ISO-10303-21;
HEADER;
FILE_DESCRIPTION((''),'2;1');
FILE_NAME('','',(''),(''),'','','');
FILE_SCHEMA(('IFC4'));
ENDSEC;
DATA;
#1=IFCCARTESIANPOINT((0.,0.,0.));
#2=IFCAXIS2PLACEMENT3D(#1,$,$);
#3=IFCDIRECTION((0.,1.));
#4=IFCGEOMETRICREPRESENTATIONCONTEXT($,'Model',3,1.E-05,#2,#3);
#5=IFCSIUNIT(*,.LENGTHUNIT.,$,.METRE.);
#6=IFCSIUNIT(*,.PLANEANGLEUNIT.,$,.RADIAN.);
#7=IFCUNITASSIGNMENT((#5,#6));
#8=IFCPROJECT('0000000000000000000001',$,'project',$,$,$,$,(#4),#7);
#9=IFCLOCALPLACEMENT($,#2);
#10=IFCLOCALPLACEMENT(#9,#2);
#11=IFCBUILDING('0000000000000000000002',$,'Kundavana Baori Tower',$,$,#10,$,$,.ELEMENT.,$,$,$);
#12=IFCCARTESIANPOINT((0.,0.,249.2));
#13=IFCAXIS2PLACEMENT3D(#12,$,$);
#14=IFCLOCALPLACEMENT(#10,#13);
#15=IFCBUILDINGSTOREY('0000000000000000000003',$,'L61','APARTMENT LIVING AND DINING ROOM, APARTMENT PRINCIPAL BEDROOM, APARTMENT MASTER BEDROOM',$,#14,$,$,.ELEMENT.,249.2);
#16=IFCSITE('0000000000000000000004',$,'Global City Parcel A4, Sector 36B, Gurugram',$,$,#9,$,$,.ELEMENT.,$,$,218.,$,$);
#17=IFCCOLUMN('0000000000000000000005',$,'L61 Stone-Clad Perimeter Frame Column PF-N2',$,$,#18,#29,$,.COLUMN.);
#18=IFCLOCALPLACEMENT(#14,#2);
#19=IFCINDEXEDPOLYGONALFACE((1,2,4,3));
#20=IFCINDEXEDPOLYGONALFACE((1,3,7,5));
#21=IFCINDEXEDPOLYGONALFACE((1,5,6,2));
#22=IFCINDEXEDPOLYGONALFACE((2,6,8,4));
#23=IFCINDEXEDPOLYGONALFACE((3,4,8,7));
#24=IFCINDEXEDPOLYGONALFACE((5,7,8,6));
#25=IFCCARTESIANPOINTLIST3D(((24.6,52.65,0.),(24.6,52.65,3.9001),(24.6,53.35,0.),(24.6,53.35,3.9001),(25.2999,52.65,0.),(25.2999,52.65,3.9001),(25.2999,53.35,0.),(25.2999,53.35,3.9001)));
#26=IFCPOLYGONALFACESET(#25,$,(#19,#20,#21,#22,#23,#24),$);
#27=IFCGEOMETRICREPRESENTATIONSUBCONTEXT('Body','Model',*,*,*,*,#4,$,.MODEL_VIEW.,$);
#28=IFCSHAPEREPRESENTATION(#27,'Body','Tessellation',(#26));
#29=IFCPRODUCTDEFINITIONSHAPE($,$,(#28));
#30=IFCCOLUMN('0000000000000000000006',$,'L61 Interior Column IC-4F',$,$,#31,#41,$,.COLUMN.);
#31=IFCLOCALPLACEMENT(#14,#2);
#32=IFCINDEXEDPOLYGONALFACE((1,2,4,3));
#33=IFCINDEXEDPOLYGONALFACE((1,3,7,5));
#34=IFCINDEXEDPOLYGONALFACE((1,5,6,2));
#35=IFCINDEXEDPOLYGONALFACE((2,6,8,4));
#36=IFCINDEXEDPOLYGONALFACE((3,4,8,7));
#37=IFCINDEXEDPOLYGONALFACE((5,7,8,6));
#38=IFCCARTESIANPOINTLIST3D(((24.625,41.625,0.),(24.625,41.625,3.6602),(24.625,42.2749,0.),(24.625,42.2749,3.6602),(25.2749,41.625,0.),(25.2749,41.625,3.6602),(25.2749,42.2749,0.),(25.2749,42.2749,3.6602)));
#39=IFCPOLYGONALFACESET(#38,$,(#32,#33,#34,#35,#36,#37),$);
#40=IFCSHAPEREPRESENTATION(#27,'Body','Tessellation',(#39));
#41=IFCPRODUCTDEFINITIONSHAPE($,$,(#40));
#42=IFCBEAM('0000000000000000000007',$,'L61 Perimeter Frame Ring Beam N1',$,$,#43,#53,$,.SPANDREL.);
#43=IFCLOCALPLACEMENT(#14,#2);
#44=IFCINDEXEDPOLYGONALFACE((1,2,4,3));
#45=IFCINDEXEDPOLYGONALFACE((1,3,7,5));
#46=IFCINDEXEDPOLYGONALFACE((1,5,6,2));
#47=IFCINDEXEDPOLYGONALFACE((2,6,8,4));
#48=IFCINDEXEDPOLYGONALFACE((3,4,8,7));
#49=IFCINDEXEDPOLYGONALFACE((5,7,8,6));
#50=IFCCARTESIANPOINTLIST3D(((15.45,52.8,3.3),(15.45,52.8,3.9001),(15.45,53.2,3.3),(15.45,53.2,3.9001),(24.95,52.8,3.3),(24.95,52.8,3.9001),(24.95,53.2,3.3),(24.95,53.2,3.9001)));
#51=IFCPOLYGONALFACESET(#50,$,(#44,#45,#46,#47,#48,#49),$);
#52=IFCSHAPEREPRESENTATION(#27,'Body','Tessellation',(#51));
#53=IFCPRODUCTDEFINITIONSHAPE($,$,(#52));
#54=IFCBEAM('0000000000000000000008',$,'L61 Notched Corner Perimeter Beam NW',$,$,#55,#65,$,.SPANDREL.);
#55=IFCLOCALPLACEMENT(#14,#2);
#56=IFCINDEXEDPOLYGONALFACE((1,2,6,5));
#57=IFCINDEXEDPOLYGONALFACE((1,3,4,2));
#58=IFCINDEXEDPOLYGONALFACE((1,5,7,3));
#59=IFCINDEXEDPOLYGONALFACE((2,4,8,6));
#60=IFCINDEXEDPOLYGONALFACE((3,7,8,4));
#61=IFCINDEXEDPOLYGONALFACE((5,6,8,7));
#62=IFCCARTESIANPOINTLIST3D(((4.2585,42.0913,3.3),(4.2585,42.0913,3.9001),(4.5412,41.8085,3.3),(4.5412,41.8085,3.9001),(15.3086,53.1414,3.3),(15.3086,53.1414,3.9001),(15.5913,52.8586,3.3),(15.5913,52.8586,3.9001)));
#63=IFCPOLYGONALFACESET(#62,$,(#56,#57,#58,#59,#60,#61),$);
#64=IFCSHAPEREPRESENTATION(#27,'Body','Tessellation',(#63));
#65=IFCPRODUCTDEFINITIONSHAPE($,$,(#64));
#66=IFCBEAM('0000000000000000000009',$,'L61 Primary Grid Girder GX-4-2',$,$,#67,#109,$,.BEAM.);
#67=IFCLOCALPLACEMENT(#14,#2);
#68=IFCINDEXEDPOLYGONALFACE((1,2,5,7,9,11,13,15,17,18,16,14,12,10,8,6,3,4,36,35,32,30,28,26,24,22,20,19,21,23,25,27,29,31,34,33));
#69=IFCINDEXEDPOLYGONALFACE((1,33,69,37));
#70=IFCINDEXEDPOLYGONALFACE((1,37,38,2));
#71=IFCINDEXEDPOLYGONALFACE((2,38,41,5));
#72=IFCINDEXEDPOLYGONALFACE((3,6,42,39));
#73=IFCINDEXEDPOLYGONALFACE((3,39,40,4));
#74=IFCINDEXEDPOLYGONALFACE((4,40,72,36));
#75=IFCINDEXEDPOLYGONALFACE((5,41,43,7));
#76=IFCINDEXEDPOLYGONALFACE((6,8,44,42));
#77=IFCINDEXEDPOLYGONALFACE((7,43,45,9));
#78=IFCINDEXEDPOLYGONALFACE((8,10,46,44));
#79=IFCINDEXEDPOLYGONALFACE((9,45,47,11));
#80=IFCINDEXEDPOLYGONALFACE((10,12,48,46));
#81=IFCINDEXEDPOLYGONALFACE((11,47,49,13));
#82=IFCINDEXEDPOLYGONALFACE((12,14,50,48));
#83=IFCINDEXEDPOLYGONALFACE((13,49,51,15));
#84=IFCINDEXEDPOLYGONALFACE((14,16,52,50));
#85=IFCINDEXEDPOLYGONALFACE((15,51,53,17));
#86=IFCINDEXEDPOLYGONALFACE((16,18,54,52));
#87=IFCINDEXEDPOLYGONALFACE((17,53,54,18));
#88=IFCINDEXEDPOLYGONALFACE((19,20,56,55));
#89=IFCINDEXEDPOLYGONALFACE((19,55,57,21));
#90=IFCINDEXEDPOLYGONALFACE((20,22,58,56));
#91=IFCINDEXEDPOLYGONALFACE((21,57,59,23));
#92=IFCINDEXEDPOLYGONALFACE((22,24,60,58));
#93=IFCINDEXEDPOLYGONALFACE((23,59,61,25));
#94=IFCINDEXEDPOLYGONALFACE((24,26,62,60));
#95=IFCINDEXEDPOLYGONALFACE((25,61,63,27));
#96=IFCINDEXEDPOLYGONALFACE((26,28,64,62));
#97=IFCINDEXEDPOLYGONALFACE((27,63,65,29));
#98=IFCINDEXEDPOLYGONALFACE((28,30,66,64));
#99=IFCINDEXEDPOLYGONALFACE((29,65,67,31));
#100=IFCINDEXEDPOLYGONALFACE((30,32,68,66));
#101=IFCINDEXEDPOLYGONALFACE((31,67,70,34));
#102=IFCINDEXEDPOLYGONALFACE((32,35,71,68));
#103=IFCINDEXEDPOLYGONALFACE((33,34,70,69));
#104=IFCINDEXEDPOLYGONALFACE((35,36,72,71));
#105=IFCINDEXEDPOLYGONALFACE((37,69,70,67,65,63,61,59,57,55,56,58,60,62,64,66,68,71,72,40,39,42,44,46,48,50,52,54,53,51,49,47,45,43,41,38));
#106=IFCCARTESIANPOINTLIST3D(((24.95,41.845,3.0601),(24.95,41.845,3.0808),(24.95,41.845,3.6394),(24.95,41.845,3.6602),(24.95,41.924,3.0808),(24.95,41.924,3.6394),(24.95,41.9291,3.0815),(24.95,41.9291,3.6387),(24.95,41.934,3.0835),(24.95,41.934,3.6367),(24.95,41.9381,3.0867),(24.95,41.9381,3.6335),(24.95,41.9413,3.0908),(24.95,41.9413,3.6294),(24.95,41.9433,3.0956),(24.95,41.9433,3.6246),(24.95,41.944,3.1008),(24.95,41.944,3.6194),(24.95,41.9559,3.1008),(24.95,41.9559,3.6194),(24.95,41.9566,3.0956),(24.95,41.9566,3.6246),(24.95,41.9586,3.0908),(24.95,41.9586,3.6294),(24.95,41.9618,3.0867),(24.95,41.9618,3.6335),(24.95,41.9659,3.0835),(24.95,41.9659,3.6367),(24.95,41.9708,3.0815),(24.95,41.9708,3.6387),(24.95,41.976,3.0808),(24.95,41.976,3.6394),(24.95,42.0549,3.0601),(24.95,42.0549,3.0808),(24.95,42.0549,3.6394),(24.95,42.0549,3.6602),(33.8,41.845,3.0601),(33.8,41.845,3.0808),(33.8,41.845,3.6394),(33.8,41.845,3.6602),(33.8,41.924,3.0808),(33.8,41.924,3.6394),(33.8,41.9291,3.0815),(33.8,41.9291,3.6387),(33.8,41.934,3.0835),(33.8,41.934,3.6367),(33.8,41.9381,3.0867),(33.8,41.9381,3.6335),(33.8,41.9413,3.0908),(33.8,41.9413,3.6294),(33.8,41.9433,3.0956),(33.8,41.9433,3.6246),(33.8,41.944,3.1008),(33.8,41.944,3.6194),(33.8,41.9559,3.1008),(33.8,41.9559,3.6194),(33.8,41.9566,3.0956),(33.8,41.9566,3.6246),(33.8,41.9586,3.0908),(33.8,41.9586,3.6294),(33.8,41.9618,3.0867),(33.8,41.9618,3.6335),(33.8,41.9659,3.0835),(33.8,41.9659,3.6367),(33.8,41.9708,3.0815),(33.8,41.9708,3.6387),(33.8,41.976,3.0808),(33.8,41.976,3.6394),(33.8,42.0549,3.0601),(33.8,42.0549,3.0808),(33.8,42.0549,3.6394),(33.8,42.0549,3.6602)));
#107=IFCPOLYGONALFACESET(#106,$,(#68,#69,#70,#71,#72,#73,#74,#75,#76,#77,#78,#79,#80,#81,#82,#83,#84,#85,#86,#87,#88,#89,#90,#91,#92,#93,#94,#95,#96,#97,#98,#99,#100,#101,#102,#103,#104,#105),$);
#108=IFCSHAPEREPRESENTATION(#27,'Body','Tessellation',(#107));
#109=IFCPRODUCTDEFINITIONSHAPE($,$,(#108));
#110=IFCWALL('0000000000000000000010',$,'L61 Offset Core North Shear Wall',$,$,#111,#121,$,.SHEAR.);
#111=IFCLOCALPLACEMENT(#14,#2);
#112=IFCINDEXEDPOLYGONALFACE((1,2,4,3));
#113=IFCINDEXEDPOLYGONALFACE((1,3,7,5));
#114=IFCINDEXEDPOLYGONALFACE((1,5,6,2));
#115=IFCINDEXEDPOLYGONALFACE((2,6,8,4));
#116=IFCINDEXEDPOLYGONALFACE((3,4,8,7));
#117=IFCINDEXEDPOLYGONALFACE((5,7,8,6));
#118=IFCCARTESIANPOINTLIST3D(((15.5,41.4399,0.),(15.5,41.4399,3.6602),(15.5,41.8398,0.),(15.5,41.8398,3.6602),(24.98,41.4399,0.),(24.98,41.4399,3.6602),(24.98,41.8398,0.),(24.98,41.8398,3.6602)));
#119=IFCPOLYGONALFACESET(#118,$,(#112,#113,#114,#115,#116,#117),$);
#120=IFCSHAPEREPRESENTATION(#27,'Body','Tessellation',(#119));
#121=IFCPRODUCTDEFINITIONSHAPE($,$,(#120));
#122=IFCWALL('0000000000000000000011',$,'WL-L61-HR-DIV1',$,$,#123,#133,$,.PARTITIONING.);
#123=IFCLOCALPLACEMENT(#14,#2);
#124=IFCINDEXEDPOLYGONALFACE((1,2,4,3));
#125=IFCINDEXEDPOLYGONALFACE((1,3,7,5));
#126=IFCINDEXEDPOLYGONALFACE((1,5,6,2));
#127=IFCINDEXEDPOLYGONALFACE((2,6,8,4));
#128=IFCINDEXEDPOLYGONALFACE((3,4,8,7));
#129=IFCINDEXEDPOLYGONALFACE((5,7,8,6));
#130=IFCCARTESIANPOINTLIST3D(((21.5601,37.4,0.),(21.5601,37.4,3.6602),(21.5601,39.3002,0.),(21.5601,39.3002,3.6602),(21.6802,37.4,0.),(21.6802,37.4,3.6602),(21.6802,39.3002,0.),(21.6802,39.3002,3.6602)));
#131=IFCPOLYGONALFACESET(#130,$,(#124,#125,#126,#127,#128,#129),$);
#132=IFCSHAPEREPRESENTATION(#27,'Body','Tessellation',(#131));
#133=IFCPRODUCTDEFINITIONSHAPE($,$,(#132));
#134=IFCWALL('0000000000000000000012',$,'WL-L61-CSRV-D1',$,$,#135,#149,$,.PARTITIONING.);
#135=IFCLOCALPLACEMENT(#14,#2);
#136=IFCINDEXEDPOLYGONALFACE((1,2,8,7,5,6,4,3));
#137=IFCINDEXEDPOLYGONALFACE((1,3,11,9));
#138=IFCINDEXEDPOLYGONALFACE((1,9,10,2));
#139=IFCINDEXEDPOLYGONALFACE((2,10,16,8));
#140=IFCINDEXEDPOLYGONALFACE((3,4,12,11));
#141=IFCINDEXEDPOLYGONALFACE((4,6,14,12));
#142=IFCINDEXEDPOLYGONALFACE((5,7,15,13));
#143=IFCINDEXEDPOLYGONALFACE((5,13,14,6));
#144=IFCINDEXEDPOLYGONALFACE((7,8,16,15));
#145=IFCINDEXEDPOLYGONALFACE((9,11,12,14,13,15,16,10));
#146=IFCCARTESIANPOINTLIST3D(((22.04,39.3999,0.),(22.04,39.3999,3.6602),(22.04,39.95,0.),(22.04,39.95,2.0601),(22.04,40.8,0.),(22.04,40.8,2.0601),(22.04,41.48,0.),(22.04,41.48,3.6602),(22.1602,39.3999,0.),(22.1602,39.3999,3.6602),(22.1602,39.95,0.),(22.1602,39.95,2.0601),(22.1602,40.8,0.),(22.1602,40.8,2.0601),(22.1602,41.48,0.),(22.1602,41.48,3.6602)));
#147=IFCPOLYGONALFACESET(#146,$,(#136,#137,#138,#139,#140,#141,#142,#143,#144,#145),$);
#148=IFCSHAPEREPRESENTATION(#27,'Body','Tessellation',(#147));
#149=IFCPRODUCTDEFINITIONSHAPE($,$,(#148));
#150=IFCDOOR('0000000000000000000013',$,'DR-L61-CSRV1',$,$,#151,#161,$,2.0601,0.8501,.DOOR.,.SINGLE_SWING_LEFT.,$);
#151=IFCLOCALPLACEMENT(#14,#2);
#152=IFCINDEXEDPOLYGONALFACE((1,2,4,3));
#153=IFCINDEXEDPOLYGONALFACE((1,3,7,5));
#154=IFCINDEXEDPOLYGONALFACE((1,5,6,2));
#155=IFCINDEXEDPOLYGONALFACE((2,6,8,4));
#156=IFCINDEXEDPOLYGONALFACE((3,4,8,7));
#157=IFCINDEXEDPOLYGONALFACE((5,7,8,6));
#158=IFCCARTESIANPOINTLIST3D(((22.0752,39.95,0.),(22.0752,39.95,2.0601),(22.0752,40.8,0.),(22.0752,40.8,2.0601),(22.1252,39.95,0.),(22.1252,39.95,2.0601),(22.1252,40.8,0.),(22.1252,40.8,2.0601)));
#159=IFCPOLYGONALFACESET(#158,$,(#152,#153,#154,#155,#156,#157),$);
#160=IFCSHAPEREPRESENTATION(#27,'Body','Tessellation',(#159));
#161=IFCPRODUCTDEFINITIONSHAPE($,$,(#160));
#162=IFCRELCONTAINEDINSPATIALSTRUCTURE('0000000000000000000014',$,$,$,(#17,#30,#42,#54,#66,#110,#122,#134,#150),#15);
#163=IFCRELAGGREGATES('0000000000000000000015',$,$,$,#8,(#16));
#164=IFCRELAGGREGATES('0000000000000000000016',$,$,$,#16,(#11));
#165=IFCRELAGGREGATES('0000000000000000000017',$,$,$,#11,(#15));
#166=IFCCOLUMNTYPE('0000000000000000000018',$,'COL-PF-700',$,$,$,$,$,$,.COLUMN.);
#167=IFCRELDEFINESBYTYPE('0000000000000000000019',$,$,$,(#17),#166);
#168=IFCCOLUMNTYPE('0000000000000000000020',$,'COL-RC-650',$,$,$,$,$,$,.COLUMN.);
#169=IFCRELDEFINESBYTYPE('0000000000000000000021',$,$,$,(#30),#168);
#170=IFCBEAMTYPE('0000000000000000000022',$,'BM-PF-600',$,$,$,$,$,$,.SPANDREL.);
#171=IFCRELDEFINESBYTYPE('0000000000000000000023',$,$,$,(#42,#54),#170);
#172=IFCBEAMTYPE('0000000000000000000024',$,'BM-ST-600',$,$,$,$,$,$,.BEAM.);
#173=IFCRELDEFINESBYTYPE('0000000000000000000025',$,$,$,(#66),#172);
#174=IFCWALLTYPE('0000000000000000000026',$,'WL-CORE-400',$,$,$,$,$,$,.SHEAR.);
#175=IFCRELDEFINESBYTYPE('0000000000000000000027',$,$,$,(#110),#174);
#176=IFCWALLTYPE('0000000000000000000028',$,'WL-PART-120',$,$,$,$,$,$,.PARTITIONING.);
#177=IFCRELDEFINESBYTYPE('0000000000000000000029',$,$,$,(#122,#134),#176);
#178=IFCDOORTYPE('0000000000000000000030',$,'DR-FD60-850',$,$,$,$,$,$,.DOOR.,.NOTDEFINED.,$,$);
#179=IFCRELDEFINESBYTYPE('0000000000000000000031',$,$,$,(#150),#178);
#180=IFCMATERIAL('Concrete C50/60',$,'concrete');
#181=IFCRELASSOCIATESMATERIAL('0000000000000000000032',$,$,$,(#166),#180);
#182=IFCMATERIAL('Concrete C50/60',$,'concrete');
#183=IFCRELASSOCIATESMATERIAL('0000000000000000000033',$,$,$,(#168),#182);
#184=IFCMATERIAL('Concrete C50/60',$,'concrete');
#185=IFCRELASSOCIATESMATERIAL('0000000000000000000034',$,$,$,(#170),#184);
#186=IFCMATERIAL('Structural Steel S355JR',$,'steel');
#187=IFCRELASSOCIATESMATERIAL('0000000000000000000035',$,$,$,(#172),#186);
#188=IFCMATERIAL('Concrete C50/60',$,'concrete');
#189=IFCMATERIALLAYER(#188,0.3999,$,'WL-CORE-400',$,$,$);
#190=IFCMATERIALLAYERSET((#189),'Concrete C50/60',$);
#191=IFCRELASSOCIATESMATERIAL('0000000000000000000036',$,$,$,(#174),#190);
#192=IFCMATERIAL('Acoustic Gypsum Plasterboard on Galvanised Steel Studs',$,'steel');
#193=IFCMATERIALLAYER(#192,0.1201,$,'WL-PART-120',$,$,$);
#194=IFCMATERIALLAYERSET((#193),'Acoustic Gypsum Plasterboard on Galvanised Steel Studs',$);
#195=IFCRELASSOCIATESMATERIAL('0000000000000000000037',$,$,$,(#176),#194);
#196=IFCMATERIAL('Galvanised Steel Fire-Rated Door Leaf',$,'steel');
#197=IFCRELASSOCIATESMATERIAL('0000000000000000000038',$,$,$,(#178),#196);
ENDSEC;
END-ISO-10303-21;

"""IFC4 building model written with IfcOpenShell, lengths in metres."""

from ifc_helpers import new_model, si_unit, direction, frame, frame_2d, origin, origin_2d, place, context, subcontext, project, spatial, rectangle, i_section, extrude, material, layer, layer_set, material_profile, profile_set, type_object, element, fill, save


model = new_model("IFC4")

# Units and contexts
model_context = context("Model", 3, precision=1e-05, world=origin(), true_north=direction((0.0, 1.0)))
body_context = subcontext(model_context, "Body", "Model", "MODEL_VIEW")
ifc_project = project(units=[si_unit("LENGTHUNIT", "METRE"), si_unit("PLANEANGLEUNIT", "RADIAN")], contexts=[model_context])

# Site, building, storey
site_placement = place(None, origin())
site = spatial("IfcSite", under=ifc_project, at=site_placement, Name="Global City Parcel A4, Sector 36B, Gurugram", CompositionType="ELEMENT", RefElevation=218.0)
building_placement = place(site_placement, origin())
building = spatial("IfcBuilding", under=site, at=building_placement, Name="Kundavana Baori Tower", CompositionType="ELEMENT")
storey_placement = place(building_placement, frame((0.0, 0.0, 249.2)))
storey = spatial("IfcBuildingStorey", under=building, at=storey_placement, Name="L61", Description="APARTMENT LIVING AND DINING ROOM, APARTMENT PRINCIPAL BEDROOM, APARTMENT MASTER BEDROOM", CompositionType="ELEMENT", Elevation=249.2)

# Columns
ifc_material_1 = material(Name="Concrete C50/60", Category="concrete")
ifc_material_profile_1 = material_profile(ifc_material_1, rectangle(XDim=0.7, YDim=0.7, at=origin_2d()), Name="RC PF 700x700")
ifc_profile_set_1 = profile_set([ifc_material_profile_1], Name="Concrete C50/60")
column_type_1 = type_object("IfcColumnType", Name="COL-PF-700", PredefinedType="COLUMN", material=ifc_profile_set_1)
column_1_placement = place(storey_placement, frame((24.95, 53.0, 0.0), z_axis=(0.0, 0.0, 1.0), x_axis=(1.0, 0.0, 0.0)))
element("IfcColumn", 1, at=column_1_placement, inside=storey, type_object=column_type_1, Name="L61 Stone-Clad Perimeter Frame Column PF-N2", PredefinedType="COLUMN", context=body_context, shape_type="SweptSolid", body=[
    extrude(rectangle(XDim=0.7, YDim=0.7, at=origin_2d()), origin(), (0.0, 0.0, 1.0), 3.9001),
])
ifc_material_2 = material(Name="Concrete C50/60", Category="concrete")
ifc_material_profile_2 = material_profile(ifc_material_2, rectangle(XDim=0.6499, YDim=0.6499, at=origin_2d()), Name="RC 650x650")
ifc_profile_set_2 = profile_set([ifc_material_profile_2], Name="Concrete C50/60")
column_type_2 = type_object("IfcColumnType", Name="COL-RC-650", PredefinedType="COLUMN", material=ifc_profile_set_2)
column_2_placement = place(storey_placement, frame((24.95, 41.95, 0.0), z_axis=(0.0, 0.0, 1.0), x_axis=(1.0, 0.0, 0.0)))
element("IfcColumn", 2, at=column_2_placement, inside=storey, type_object=column_type_2, Name="L61 Interior Column IC-4F", PredefinedType="COLUMN", context=body_context, shape_type="SweptSolid", body=[
    extrude(rectangle(XDim=0.6499, YDim=0.6499, at=origin_2d()), origin(), (0.0, 0.0, 1.0), 3.6602),
])

# Beams
ifc_material_3 = material(Name="Concrete C50/60", Category="concrete")
ifc_material_profile_3 = material_profile(ifc_material_3, rectangle(XDim=0.3999, YDim=0.6001, at=origin_2d()), Name="RC BM 400x600")
ifc_profile_set_3 = profile_set([ifc_material_profile_3], Name="Concrete C50/60")
beam_type_1 = type_object("IfcBeamType", Name="BM-PF-600", PredefinedType="SPANDREL", material=ifc_profile_set_3)
beam_1_placement = place(storey_placement, frame((15.45, 53.0, 3.6001), z_axis=(1.0, 0.0, 0.0), x_axis=(0.0, 1.0, 0.0)))
element("IfcBeam", 3, at=beam_1_placement, inside=storey, type_object=beam_type_1, Name="L61 Perimeter Frame Ring Beam N1", PredefinedType="SPANDREL", context=body_context, shape_type="SweptSolid", body=[
    extrude(rectangle(XDim=0.3999, YDim=0.6001, at=origin_2d()), origin(), (0.0, 0.0, 1.0), 9.5),
])
beam_2_placement = place(storey_placement, frame((15.45, 53.0, 3.6001), z_axis=(-0.707107, -0.707107, 0.0), x_axis=(0.707107, -0.707107, 0.0)))
element("IfcBeam", 4, at=beam_2_placement, inside=storey, type_object=beam_type_1, Name="L61 Notched Corner Perimeter Beam NW", PredefinedType="SPANDREL", context=body_context, shape_type="SweptSolid", body=[
    extrude(rectangle(XDim=0.3999, YDim=0.6001, at=origin_2d()), origin(), (0.0, 0.0, 1.0), 15.6272),
])
ifc_material_4 = material(Name="Structural Steel S355JR", Category="steel")
ifc_material_profile_4 = material_profile(ifc_material_4, i_section(OverallWidth=0.21, OverallDepth=0.6001, WebThickness=0.012, FlangeThickness=0.0208, FilletRadius=0.02, at=origin_2d()), Name="ISMB 600")
ifc_profile_set_4 = profile_set([ifc_material_profile_4], Name="Structural Steel S355JR")
beam_type_2 = type_object("IfcBeamType", Name="BM-ST-600", PredefinedType="BEAM", material=ifc_profile_set_4)
beam_3_placement = place(storey_placement, frame((24.95, 41.95, 3.3601), z_axis=(1.0, 0.0, 0.0), x_axis=(0.0, 1.0, 0.0)))
element("IfcBeam", 5, at=beam_3_placement, inside=storey, type_object=beam_type_2, Name="L61 Primary Grid Girder GX-4-2", PredefinedType="BEAM", context=body_context, shape_type="SweptSolid", body=[
    extrude(i_section(OverallWidth=0.21, OverallDepth=0.6001, WebThickness=0.012, FlangeThickness=0.0208, FilletRadius=0.02, at=origin_2d()), origin(), (0.0, 0.0, 1.0), 8.8501),
])

# Walls
ifc_material_5 = material(Name="Concrete C50/60", Category="concrete")
ifc_layer_1 = layer(ifc_material_5, 0.3999, Name="WL-CORE-400")
ifc_layer_set_1 = layer_set([ifc_layer_1], Name="Concrete C50/60")
wall_type_1 = type_object("IfcWallType", Name="WL-CORE-400", PredefinedType="SHEAR", material=ifc_layer_set_1)
wall_1_placement = place(storey_placement, frame((15.5, 41.6399, 0.0), z_axis=(0.0, 0.0, 1.0), x_axis=(1.0, 0.0, 0.0)))
element("IfcWall", 6, at=wall_1_placement, inside=storey, type_object=wall_type_1, Name="L61 Offset Core North Shear Wall", PredefinedType="SHEAR", context=body_context, shape_type="SweptSolid", body=[
    extrude(rectangle(XDim=9.48, YDim=0.3999, at=frame_2d((4.74, 0.0))), origin(), (0.0, 0.0, 1.0), 3.6602),
])
ifc_material_6 = material(Name="Acoustic Gypsum Plasterboard on Galvanised Steel Studs", Category="steel")
ifc_layer_2 = layer(ifc_material_6, 0.1201, Name="WL-PART-120")
ifc_layer_set_2 = layer_set([ifc_layer_2], Name="Acoustic Gypsum Plasterboard on Galvanised Steel Studs")
wall_type_2 = type_object("IfcWallType", Name="WL-PART-120", PredefinedType="PARTITIONING", material=ifc_layer_set_2)
wall_2_placement = place(storey_placement, frame((21.6201, 37.3999, 0.0), z_axis=(0.0, 0.0, 1.0), x_axis=(0.0, 1.0, 0.0)))
element("IfcWall", 7, at=wall_2_placement, inside=storey, type_object=wall_type_2, Name="WL-L61-HR-DIV1", PredefinedType="PARTITIONING", context=body_context, shape_type="SweptSolid", body=[
    extrude(rectangle(XDim=1.9001, YDim=0.1201, at=frame_2d((0.9502, 0.0))), origin(), (0.0, 0.0, 1.0), 3.6602),
])

# Wall, opening, door
wall_3_placement = place(storey_placement, frame((22.1001, 39.3999, 0.0), z_axis=(0.0, 0.0, 1.0), x_axis=(0.0, 1.0, 0.0)))
wall_3 = element("IfcWall", 8, at=wall_3_placement, inside=storey, type_object=wall_type_2, Name="WL-L61-CSRV-D1", PredefinedType="PARTITIONING", context=body_context, shape_type="SweptSolid", body=[
    extrude(rectangle(XDim=2.0801, YDim=0.1201, at=frame_2d((1.04, 0.0))), origin(), (0.0, 0.0, 1.0), 3.6602),
])
opening_1_placement = place(wall_3_placement, frame((0.55, 0.0, 0.0)))
opening_1 = element("IfcOpeningElement", 9, at=opening_1_placement, cuts=wall_3, PredefinedType="OPENING", context=body_context, shape_type="SweptSolid", body=[
    extrude(rectangle(XDim=0.8501, YDim=2.0601, at=frame_2d((0.425, 1.03))), frame((0.0, 0.0701, 0.0), z_axis=(0.0, -1.0, 0.0), x_axis=(1.0, 0.0, 0.0)), (0.0, 0.0, 1.0), 0.1401),
])
ifc_material_7 = material(Name="Galvanised Steel Fire-Rated Door Leaf", Category="steel")
door_type_1 = type_object("IfcDoorType", Name="DR-FD60-850", OperationType="NOTDEFINED", PredefinedType="DOOR", material=ifc_material_7)
door_1_placement = place(opening_1_placement, origin())
door_1 = element("IfcDoor", 10, at=door_1_placement, inside=storey, type_object=door_type_1, Name="DR-L61-CSRV1", OperationType="SINGLE_SWING_LEFT", OverallHeight=2.0601, OverallWidth=0.8501, PredefinedType="DOOR", context=body_context, shape_type="SweptSolid", body=[
    extrude(rectangle(XDim=0.8501, YDim=2.0601, at=frame_2d((0.425, 1.03))), frame((0.0, 0.0249, 0.0), z_axis=(0.0, -1.0, 0.0), x_axis=(1.0, 0.0, 0.0)), (0.0, 0.0, 1.0), 0.05),
])
fill(opening_1, door_1)

save(model, "model.ifc")
